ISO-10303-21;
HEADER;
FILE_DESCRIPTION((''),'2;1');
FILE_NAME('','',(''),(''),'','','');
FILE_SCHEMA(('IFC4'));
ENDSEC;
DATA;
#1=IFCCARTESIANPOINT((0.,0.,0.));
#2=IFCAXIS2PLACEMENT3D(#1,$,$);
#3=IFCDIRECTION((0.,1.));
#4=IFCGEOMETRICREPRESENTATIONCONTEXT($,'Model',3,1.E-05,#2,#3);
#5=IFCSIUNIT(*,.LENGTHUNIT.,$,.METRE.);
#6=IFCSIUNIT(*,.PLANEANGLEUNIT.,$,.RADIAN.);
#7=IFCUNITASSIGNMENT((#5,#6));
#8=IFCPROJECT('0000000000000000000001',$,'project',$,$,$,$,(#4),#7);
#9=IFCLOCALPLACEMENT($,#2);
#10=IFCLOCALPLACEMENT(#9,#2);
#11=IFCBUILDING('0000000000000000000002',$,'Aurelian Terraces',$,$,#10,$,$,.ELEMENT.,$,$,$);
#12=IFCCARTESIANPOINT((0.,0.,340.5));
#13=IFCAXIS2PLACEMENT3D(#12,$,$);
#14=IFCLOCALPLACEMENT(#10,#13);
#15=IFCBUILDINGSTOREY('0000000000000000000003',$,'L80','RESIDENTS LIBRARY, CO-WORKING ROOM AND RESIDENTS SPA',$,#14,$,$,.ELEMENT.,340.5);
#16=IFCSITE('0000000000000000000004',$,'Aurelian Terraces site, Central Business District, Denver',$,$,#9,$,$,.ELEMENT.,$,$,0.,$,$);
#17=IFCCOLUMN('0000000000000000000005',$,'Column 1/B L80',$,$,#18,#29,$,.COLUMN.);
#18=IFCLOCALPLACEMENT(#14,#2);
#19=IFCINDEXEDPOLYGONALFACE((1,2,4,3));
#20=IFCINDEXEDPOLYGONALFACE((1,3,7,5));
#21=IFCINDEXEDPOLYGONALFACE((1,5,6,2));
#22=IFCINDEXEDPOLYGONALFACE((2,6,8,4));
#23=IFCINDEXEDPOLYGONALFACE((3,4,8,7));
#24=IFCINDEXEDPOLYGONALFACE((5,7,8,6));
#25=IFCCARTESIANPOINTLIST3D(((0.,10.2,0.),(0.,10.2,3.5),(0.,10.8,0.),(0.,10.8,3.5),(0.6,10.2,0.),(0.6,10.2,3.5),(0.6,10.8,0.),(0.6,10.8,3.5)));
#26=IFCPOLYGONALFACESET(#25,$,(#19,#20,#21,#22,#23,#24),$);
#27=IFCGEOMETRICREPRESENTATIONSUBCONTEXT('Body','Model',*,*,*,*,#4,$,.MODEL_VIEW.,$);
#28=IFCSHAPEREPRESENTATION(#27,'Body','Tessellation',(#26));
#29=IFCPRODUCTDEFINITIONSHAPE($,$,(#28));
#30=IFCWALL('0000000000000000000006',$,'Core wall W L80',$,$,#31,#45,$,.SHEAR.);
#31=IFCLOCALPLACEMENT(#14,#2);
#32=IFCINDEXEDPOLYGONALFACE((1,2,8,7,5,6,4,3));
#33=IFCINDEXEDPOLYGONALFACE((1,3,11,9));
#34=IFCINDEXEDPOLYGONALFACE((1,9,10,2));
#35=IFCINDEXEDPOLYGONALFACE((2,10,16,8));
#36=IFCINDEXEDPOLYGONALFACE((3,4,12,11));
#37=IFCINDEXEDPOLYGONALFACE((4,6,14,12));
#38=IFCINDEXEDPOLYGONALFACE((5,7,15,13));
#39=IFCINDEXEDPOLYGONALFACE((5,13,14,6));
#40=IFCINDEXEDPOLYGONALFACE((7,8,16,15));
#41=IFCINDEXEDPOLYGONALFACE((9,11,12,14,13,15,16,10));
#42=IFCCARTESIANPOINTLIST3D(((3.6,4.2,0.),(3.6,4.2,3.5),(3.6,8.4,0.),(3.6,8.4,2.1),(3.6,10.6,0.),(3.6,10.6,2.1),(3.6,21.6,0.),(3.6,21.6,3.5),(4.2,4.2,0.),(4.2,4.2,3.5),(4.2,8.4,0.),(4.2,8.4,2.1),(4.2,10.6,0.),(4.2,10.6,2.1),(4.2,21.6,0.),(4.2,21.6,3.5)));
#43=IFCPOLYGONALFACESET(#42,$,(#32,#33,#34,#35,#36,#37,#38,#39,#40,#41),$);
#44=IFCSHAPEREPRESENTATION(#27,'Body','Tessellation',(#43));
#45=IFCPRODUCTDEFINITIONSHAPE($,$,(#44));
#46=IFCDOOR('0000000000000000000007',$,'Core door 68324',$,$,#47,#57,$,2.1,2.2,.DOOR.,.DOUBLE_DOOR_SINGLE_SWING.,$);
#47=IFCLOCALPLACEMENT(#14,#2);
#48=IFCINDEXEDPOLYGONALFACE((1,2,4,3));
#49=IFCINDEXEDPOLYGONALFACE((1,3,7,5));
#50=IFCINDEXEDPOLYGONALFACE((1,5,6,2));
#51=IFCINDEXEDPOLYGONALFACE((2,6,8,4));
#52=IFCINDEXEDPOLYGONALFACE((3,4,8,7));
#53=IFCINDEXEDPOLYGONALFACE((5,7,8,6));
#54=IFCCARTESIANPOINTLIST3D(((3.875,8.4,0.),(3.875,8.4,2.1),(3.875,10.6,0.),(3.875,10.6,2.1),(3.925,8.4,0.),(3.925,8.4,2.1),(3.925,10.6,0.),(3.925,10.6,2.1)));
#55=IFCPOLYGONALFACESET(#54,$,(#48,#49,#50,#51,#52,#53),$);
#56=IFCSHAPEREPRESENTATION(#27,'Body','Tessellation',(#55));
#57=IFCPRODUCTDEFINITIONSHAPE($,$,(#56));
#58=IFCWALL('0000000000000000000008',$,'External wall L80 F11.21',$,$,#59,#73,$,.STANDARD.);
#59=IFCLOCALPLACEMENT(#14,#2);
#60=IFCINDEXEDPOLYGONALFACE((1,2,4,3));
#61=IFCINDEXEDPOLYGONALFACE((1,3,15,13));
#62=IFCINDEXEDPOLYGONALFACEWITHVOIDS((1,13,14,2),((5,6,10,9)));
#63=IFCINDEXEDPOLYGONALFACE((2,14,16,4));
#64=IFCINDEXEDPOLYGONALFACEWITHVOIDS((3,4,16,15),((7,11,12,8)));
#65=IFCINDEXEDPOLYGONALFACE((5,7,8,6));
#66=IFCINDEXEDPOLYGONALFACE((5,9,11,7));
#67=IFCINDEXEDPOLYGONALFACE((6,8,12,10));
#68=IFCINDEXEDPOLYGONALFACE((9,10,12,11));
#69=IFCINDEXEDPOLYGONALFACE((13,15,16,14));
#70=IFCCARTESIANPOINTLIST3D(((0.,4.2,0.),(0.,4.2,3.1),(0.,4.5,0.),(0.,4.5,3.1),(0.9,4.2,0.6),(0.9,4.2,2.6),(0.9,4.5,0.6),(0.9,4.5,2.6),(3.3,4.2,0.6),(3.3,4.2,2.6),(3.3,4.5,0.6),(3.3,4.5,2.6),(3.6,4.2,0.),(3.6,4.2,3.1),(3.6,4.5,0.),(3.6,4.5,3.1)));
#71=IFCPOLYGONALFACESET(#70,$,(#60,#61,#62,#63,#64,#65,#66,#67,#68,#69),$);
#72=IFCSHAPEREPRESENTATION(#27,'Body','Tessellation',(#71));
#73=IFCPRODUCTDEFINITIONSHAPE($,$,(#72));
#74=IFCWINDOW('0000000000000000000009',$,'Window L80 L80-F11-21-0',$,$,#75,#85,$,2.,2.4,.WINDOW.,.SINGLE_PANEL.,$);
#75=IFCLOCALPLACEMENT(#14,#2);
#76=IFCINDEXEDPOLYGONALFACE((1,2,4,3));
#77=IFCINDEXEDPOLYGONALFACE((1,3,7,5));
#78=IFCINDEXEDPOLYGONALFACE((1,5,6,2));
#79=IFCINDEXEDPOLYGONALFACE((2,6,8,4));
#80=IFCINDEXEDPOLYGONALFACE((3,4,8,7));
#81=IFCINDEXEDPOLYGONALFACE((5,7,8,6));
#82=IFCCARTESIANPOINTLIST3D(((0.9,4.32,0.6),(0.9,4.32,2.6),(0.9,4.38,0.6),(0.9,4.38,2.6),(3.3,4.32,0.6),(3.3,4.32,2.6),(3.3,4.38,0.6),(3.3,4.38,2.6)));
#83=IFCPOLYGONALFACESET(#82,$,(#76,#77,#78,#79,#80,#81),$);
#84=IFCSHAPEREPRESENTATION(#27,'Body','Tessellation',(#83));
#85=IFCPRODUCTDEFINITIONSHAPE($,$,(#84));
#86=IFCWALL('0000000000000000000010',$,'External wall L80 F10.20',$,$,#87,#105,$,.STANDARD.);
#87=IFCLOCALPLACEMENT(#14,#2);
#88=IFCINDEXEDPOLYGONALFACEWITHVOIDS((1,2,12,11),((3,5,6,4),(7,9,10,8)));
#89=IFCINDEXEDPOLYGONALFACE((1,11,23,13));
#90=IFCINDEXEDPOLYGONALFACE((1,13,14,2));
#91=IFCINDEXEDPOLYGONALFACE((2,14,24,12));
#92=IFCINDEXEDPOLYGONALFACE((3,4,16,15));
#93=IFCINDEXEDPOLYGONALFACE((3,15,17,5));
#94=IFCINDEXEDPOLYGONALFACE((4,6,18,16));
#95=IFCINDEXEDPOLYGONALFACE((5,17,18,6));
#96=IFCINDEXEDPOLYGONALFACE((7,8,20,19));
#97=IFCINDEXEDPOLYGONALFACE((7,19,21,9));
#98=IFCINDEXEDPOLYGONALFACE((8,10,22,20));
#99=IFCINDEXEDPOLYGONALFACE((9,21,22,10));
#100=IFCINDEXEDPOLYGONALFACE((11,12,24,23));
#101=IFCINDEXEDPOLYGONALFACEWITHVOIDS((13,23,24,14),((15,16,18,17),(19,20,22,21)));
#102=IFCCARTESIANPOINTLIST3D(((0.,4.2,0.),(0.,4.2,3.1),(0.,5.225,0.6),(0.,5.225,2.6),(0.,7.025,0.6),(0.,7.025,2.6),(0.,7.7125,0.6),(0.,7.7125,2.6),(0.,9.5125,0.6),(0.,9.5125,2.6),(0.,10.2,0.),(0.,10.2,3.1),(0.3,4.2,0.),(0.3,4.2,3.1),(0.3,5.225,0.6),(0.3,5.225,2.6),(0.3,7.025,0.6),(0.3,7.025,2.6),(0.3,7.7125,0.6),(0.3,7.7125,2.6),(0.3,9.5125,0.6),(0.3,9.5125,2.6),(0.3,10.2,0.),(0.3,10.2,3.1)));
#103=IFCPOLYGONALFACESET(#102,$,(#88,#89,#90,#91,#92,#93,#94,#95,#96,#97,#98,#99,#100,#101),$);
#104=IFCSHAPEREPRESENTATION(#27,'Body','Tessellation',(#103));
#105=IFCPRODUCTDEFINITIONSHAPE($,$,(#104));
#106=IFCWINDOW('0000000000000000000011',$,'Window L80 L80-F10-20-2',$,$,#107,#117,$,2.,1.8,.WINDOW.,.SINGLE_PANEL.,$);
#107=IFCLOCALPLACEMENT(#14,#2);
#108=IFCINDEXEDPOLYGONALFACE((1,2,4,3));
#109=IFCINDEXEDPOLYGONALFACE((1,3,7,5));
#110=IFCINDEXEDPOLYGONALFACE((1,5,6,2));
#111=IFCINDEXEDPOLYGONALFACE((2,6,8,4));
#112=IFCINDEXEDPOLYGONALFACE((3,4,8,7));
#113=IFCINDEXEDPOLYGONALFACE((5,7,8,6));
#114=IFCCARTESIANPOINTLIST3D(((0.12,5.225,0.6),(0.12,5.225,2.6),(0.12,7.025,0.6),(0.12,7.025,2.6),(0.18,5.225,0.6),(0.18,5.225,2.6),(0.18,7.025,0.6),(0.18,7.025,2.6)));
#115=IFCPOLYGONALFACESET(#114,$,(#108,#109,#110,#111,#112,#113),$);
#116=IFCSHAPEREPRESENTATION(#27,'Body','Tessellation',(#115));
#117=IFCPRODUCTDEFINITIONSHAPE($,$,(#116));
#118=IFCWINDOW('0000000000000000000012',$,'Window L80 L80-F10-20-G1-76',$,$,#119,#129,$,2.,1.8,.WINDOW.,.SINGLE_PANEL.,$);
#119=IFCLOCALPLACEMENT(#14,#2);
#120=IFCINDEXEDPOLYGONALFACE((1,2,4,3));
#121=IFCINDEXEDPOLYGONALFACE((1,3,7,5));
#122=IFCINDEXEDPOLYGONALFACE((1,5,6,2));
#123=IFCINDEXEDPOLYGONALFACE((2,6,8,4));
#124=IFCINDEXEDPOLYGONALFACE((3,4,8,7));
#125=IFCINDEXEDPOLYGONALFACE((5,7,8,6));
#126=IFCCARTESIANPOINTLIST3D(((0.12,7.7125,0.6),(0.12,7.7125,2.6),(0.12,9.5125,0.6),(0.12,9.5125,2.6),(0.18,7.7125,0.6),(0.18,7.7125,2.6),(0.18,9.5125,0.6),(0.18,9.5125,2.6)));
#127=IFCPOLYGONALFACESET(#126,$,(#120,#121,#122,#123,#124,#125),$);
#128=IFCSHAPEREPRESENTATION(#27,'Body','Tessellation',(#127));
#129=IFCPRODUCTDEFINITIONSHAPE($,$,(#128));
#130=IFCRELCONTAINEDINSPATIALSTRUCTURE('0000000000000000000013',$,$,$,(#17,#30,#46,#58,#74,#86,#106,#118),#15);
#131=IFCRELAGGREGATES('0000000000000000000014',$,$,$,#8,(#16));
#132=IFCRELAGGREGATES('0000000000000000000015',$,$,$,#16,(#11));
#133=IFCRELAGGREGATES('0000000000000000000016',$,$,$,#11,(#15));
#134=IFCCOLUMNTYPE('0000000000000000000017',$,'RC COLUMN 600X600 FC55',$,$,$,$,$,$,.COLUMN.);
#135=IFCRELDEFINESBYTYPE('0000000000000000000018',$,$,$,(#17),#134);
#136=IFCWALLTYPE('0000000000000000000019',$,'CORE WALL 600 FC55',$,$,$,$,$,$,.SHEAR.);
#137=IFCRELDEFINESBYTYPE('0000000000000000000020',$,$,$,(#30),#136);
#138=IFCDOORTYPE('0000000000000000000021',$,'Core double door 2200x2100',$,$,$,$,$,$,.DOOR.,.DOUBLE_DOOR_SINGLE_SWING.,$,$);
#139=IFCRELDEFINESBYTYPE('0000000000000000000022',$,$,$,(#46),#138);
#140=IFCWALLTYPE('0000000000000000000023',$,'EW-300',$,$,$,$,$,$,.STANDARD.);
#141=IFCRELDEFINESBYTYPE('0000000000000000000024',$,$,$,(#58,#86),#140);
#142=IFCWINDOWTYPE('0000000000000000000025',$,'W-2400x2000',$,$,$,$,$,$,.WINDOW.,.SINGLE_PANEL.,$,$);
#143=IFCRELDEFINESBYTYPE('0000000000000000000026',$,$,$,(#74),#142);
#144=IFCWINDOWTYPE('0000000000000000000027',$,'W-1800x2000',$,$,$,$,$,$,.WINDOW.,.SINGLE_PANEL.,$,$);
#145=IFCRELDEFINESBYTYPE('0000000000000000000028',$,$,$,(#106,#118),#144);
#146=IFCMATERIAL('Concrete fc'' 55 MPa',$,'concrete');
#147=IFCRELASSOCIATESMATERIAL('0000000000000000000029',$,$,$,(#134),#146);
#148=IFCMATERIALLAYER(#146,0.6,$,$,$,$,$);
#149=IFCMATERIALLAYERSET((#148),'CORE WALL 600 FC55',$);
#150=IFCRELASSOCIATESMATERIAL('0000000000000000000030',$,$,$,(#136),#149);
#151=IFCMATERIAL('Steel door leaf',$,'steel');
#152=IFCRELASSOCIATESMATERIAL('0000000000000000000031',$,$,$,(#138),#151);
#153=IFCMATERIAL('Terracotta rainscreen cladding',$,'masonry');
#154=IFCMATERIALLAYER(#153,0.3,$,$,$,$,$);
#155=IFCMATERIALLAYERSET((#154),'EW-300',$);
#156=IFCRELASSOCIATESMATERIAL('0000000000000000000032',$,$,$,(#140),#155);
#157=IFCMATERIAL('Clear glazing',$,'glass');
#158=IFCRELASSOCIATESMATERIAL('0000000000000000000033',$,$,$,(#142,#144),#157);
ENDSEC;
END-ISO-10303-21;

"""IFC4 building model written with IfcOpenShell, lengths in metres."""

from ifc_helpers import new_model, si_unit, direction, frame, frame_2d, origin, origin_2d, place, context, subcontext, project, spatial, rectangle, extrude, source, transform, mapped, material, layer, layer_set, material_profile, profile_set, type_object, element, fill, save


model = new_model("IFC4")

# Units and contexts
model_context = context("Model", 3, precision=1e-05, world=origin(), true_north=direction((0.0, 1.0)))
body_context = subcontext(model_context, "Body", "Model", "MODEL_VIEW")
ifc_project = project(units=[si_unit("LENGTHUNIT", "METRE"), si_unit("PLANEANGLEUNIT", "RADIAN")], contexts=[model_context])

# Site, building, storey
site_placement = place(None, origin())
site = spatial("IfcSite", under=ifc_project, at=site_placement, Name="Aurelian Terraces site, Central Business District, Denver", CompositionType="ELEMENT", RefElevation=0.0)
building_placement = place(site_placement, origin())
building = spatial("IfcBuilding", under=site, at=building_placement, Name="Aurelian Terraces", CompositionType="ELEMENT")
storey_placement = place(building_placement, frame((0.0, 0.0, 340.5)))
storey = spatial("IfcBuildingStorey", under=building, at=storey_placement, Name="L80", Description="RESIDENTS LIBRARY, CO-WORKING ROOM AND RESIDENTS SPA", CompositionType="ELEMENT", Elevation=340.5)

# Column
ifc_material_1 = material(Name="Concrete fc' 55 MPa", Category="concrete")
ifc_material_profile = material_profile(ifc_material_1, rectangle(XDim=0.6, YDim=0.6, at=origin_2d()))
ifc_profile_set = profile_set([ifc_material_profile], Name="Concrete fc' 55 MPa")
column_type = type_object("IfcColumnType", Name="RC COLUMN 600X600 FC55", PredefinedType="COLUMN", material=ifc_profile_set)
shared_shape_1 = source(origin(), body_context, "Body", "SweptSolid", [
    extrude(rectangle(XDim=0.6, YDim=0.6, at=origin_2d()), origin(), (0.0, 0.0, 1.0), 3.5),
])
column_placement = place(storey_placement, frame((0.3, 10.5, 0.0), z_axis=(0.0, 0.0, 1.0), x_axis=(1.0, 0.0, 0.0)))
element("IfcColumn", 1, at=column_placement, inside=storey, type_object=column_type, Name="Column 1/B L80", PredefinedType="COLUMN", context=body_context, shape_type="MappedRepresentation", body=[
    mapped(shared_shape_1, transform((0.0, 0.0, 0.0), scale=1.0)),
])

# Wall, opening, door
ifc_layer_1 = layer(ifc_material_1, 0.6)
ifc_layer_set_1 = layer_set([ifc_layer_1], Name="CORE WALL 600 FC55")
wall_type_1 = type_object("IfcWallType", Name="CORE WALL 600 FC55", PredefinedType="SHEAR", material=ifc_layer_set_1)
shared_shape_2 = source(origin(), body_context, "Body", "SweptSolid", [
    extrude(rectangle(XDim=17.4, YDim=0.6, at=frame_2d((8.7, 0.0))), origin(), (0.0, 0.0, 1.0), 3.5),
])
wall_1_placement = place(storey_placement, frame((3.9, 4.2, 0.0), z_axis=(0.0, 0.0, 1.0), x_axis=(0.0, 1.0, 0.0)))
wall_1 = element("IfcWall", 2, at=wall_1_placement, inside=storey, type_object=wall_type_1, Name="Core wall W L80", PredefinedType="SHEAR", context=body_context, shape_type="MappedRepresentation", body=[
    mapped(shared_shape_2, transform((0.0, 0.0, 0.0), scale=1.0)),
])
shared_shape_3 = source(origin(), body_context, "Body", "SweptSolid", [
    extrude(rectangle(XDim=2.2, YDim=2.1, at=frame_2d((1.1, 1.05))), frame((0.0, 0.31, 0.0), z_axis=(0.0, -1.0, 0.0), x_axis=(1.0, 0.0, 0.0)), (0.0, 0.0, 1.0), 0.62),
])
opening_1_placement = place(wall_1_placement, frame((4.2, 0.0, 0.0)))
opening_1 = element("IfcOpeningElement", 3, at=opening_1_placement, cuts=wall_1, PredefinedType="OPENING", context=body_context, shape_type="MappedRepresentation", body=[
    mapped(shared_shape_3, transform((0.0, 0.0, 0.0), scale=1.0)),
])
ifc_material_2 = material(Name="Steel door leaf", Category="steel")
door_type_1 = type_object("IfcDoorType", Name="Core double door 2200x2100", OperationType="DOUBLE_DOOR_SINGLE_SWING", PredefinedType="DOOR", material=ifc_material_2)
shared_shape_4 = source(origin(), body_context, "Body", "SweptSolid", [
    extrude(rectangle(XDim=2.2, YDim=2.1, at=frame_2d((1.1, 1.05))), frame((0.0, 0.025, 0.0), z_axis=(0.0, -1.0, 0.0), x_axis=(1.0, 0.0, 0.0)), (0.0, 0.0, 1.0), 0.05),
])
door_1_placement = place(opening_1_placement, origin())
door_1 = element("IfcDoor", 4, at=door_1_placement, inside=storey, type_object=door_type_1, Name="Core door 68324", OperationType="DOUBLE_DOOR_SINGLE_SWING", OverallHeight=2.1, OverallWidth=2.2, PredefinedType="DOOR", context=body_context, shape_type="MappedRepresentation", body=[
    mapped(shared_shape_4, transform((0.0, 0.0, 0.0), scale=1.0)),
])
fill(opening_1, door_1)

# Wall, opening, window
ifc_material_3 = material(Name="Terracotta rainscreen cladding", Category="masonry")
ifc_layer_2 = layer(ifc_material_3, 0.3)
ifc_layer_set_2 = layer_set([ifc_layer_2], Name="EW-300")
wall_type_2 = type_object("IfcWallType", Name="EW-300", PredefinedType="STANDARD", material=ifc_layer_set_2)
shared_shape_5 = source(origin(), body_context, "Body", "SweptSolid", [
    extrude(rectangle(XDim=3.6, YDim=0.3, at=frame_2d((1.8, 0.0))), origin(), (0.0, 0.0, 1.0), 3.1),
])
wall_2_placement = place(storey_placement, frame((0.0, 4.35, 0.0), z_axis=(0.0, 0.0, 1.0), x_axis=(1.0, 0.0, 0.0)))
wall_2 = element("IfcWall", 5, at=wall_2_placement, inside=storey, type_object=wall_type_2, Name="External wall L80 F11.21", PredefinedType="STANDARD", context=body_context, shape_type="MappedRepresentation", body=[
    mapped(shared_shape_5, transform((0.0, 0.0, 0.0), scale=1.0)),
])
shared_shape_6 = source(origin(), body_context, "Body", "SweptSolid", [
    extrude(rectangle(XDim=2.4, YDim=2.0, at=frame_2d((1.2, 1.0))), frame((0.0, 0.16, 0.0), z_axis=(0.0, -1.0, 0.0), x_axis=(1.0, 0.0, 0.0)), (0.0, 0.0, 1.0), 0.32),
])
opening_2_placement = place(wall_2_placement, frame((0.9, 0.0, 0.6)))
opening_2 = element("IfcOpeningElement", 6, at=opening_2_placement, cuts=wall_2, PredefinedType="OPENING", context=body_context, shape_type="MappedRepresentation", body=[
    mapped(shared_shape_6, transform((0.0, 0.0, 0.0), scale=1.0)),
])
ifc_material_4 = material(Name="Clear glazing", Category="glass")
window_type_1 = type_object("IfcWindowType", Name="W-2400x2000", PartitioningType="SINGLE_PANEL", PredefinedType="WINDOW", material=ifc_material_4)
shared_shape_7 = source(origin(), body_context, "Body", "SweptSolid", [
    extrude(rectangle(XDim=2.4, YDim=2.0, at=frame_2d((1.2, 1.0))), frame((0.0, 0.03, 0.0), z_axis=(0.0, -1.0, 0.0), x_axis=(1.0, 0.0, 0.0)), (0.0, 0.0, 1.0), 0.06),
])
window_1_placement = place(opening_2_placement, origin())
window_1 = element("IfcWindow", 7, at=window_1_placement, inside=storey, type_object=window_type_1, Name="Window L80 L80-F11-21-0", OverallHeight=2.0, OverallWidth=2.4, PartitioningType="SINGLE_PANEL", PredefinedType="WINDOW", context=body_context, shape_type="MappedRepresentation", body=[
    mapped(shared_shape_7, transform((0.0, 0.0, 0.0), scale=1.0)),
])
fill(opening_2, window_1)

# Wall, openings, windows
shared_shape_8 = source(origin(), body_context, "Body", "SweptSolid", [
    extrude(rectangle(XDim=6.0, YDim=0.3, at=frame_2d((3.0, 0.0))), origin(), (0.0, 0.0, 1.0), 3.1),
])
wall_3_placement = place(storey_placement, frame((0.15, 10.2, 0.0), z_axis=(0.0, 0.0, 1.0), x_axis=(0.0, -1.0, 0.0)))
wall_3 = element("IfcWall", 8, at=wall_3_placement, inside=storey, type_object=wall_type_2, Name="External wall L80 F10.20", PredefinedType="STANDARD", context=body_context, shape_type="MappedRepresentation", body=[
    mapped(shared_shape_8, transform((0.0, 0.0, 0.0), scale=1.0)),
])
shared_shape_9 = source(origin(), body_context, "Body", "SweptSolid", [
    extrude(rectangle(XDim=1.8, YDim=2.0, at=frame_2d((0.9, 1.0))), frame((0.0, 0.16, 0.0), z_axis=(0.0, -1.0, 0.0), x_axis=(1.0, 0.0, 0.0)), (0.0, 0.0, 1.0), 0.32),
])
opening_3_placement = place(wall_3_placement, frame((3.175, 0.0, 0.6)))
opening_3 = element("IfcOpeningElement", 9, at=opening_3_placement, cuts=wall_3, PredefinedType="OPENING", context=body_context, shape_type="MappedRepresentation", body=[
    mapped(shared_shape_9, transform((0.0, 0.0, 0.0), scale=1.0)),
])
opening_4_placement = place(wall_3_placement, frame((0.6875, 0.0, 0.6)))
opening_4 = element("IfcOpeningElement", 10, at=opening_4_placement, cuts=wall_3, PredefinedType="OPENING", context=body_context, shape_type="MappedRepresentation", body=[
    mapped(shared_shape_9, transform((0.0, 0.0, 0.0), scale=1.0)),
])
window_type_2 = type_object("IfcWindowType", Name="W-1800x2000", PartitioningType="SINGLE_PANEL", PredefinedType="WINDOW", material=ifc_material_4)
shared_shape_10 = source(origin(), body_context, "Body", "SweptSolid", [
    extrude(rectangle(XDim=1.8, YDim=2.0, at=frame_2d((0.9, 1.0))), frame((0.0, 0.03, 0.0), z_axis=(0.0, -1.0, 0.0), x_axis=(1.0, 0.0, 0.0)), (0.0, 0.0, 1.0), 0.06),
])
window_2_placement = place(opening_3_placement, origin())
window_2 = element("IfcWindow", 11, at=window_2_placement, inside=storey, type_object=window_type_2, Name="Window L80 L80-F10-20-2", OverallHeight=2.0, OverallWidth=1.8, PartitioningType="SINGLE_PANEL", PredefinedType="WINDOW", context=body_context, shape_type="MappedRepresentation", body=[
    mapped(shared_shape_10, transform((0.0, 0.0, 0.0), scale=1.0)),
])
fill(opening_3, window_2)
window_3_placement = place(opening_4_placement, origin())
window_3 = element("IfcWindow", 12, at=window_3_placement, inside=storey, type_object=window_type_2, Name="Window L80 L80-F10-20-G1-76", OverallHeight=2.0, OverallWidth=1.8, PartitioningType="SINGLE_PANEL", PredefinedType="WINDOW", context=body_context, shape_type="MappedRepresentation", body=[
    mapped(shared_shape_10, transform((0.0, 0.0, 0.0), scale=1.0)),
])
fill(opening_4, window_3)

save(model, "model.ifc")
